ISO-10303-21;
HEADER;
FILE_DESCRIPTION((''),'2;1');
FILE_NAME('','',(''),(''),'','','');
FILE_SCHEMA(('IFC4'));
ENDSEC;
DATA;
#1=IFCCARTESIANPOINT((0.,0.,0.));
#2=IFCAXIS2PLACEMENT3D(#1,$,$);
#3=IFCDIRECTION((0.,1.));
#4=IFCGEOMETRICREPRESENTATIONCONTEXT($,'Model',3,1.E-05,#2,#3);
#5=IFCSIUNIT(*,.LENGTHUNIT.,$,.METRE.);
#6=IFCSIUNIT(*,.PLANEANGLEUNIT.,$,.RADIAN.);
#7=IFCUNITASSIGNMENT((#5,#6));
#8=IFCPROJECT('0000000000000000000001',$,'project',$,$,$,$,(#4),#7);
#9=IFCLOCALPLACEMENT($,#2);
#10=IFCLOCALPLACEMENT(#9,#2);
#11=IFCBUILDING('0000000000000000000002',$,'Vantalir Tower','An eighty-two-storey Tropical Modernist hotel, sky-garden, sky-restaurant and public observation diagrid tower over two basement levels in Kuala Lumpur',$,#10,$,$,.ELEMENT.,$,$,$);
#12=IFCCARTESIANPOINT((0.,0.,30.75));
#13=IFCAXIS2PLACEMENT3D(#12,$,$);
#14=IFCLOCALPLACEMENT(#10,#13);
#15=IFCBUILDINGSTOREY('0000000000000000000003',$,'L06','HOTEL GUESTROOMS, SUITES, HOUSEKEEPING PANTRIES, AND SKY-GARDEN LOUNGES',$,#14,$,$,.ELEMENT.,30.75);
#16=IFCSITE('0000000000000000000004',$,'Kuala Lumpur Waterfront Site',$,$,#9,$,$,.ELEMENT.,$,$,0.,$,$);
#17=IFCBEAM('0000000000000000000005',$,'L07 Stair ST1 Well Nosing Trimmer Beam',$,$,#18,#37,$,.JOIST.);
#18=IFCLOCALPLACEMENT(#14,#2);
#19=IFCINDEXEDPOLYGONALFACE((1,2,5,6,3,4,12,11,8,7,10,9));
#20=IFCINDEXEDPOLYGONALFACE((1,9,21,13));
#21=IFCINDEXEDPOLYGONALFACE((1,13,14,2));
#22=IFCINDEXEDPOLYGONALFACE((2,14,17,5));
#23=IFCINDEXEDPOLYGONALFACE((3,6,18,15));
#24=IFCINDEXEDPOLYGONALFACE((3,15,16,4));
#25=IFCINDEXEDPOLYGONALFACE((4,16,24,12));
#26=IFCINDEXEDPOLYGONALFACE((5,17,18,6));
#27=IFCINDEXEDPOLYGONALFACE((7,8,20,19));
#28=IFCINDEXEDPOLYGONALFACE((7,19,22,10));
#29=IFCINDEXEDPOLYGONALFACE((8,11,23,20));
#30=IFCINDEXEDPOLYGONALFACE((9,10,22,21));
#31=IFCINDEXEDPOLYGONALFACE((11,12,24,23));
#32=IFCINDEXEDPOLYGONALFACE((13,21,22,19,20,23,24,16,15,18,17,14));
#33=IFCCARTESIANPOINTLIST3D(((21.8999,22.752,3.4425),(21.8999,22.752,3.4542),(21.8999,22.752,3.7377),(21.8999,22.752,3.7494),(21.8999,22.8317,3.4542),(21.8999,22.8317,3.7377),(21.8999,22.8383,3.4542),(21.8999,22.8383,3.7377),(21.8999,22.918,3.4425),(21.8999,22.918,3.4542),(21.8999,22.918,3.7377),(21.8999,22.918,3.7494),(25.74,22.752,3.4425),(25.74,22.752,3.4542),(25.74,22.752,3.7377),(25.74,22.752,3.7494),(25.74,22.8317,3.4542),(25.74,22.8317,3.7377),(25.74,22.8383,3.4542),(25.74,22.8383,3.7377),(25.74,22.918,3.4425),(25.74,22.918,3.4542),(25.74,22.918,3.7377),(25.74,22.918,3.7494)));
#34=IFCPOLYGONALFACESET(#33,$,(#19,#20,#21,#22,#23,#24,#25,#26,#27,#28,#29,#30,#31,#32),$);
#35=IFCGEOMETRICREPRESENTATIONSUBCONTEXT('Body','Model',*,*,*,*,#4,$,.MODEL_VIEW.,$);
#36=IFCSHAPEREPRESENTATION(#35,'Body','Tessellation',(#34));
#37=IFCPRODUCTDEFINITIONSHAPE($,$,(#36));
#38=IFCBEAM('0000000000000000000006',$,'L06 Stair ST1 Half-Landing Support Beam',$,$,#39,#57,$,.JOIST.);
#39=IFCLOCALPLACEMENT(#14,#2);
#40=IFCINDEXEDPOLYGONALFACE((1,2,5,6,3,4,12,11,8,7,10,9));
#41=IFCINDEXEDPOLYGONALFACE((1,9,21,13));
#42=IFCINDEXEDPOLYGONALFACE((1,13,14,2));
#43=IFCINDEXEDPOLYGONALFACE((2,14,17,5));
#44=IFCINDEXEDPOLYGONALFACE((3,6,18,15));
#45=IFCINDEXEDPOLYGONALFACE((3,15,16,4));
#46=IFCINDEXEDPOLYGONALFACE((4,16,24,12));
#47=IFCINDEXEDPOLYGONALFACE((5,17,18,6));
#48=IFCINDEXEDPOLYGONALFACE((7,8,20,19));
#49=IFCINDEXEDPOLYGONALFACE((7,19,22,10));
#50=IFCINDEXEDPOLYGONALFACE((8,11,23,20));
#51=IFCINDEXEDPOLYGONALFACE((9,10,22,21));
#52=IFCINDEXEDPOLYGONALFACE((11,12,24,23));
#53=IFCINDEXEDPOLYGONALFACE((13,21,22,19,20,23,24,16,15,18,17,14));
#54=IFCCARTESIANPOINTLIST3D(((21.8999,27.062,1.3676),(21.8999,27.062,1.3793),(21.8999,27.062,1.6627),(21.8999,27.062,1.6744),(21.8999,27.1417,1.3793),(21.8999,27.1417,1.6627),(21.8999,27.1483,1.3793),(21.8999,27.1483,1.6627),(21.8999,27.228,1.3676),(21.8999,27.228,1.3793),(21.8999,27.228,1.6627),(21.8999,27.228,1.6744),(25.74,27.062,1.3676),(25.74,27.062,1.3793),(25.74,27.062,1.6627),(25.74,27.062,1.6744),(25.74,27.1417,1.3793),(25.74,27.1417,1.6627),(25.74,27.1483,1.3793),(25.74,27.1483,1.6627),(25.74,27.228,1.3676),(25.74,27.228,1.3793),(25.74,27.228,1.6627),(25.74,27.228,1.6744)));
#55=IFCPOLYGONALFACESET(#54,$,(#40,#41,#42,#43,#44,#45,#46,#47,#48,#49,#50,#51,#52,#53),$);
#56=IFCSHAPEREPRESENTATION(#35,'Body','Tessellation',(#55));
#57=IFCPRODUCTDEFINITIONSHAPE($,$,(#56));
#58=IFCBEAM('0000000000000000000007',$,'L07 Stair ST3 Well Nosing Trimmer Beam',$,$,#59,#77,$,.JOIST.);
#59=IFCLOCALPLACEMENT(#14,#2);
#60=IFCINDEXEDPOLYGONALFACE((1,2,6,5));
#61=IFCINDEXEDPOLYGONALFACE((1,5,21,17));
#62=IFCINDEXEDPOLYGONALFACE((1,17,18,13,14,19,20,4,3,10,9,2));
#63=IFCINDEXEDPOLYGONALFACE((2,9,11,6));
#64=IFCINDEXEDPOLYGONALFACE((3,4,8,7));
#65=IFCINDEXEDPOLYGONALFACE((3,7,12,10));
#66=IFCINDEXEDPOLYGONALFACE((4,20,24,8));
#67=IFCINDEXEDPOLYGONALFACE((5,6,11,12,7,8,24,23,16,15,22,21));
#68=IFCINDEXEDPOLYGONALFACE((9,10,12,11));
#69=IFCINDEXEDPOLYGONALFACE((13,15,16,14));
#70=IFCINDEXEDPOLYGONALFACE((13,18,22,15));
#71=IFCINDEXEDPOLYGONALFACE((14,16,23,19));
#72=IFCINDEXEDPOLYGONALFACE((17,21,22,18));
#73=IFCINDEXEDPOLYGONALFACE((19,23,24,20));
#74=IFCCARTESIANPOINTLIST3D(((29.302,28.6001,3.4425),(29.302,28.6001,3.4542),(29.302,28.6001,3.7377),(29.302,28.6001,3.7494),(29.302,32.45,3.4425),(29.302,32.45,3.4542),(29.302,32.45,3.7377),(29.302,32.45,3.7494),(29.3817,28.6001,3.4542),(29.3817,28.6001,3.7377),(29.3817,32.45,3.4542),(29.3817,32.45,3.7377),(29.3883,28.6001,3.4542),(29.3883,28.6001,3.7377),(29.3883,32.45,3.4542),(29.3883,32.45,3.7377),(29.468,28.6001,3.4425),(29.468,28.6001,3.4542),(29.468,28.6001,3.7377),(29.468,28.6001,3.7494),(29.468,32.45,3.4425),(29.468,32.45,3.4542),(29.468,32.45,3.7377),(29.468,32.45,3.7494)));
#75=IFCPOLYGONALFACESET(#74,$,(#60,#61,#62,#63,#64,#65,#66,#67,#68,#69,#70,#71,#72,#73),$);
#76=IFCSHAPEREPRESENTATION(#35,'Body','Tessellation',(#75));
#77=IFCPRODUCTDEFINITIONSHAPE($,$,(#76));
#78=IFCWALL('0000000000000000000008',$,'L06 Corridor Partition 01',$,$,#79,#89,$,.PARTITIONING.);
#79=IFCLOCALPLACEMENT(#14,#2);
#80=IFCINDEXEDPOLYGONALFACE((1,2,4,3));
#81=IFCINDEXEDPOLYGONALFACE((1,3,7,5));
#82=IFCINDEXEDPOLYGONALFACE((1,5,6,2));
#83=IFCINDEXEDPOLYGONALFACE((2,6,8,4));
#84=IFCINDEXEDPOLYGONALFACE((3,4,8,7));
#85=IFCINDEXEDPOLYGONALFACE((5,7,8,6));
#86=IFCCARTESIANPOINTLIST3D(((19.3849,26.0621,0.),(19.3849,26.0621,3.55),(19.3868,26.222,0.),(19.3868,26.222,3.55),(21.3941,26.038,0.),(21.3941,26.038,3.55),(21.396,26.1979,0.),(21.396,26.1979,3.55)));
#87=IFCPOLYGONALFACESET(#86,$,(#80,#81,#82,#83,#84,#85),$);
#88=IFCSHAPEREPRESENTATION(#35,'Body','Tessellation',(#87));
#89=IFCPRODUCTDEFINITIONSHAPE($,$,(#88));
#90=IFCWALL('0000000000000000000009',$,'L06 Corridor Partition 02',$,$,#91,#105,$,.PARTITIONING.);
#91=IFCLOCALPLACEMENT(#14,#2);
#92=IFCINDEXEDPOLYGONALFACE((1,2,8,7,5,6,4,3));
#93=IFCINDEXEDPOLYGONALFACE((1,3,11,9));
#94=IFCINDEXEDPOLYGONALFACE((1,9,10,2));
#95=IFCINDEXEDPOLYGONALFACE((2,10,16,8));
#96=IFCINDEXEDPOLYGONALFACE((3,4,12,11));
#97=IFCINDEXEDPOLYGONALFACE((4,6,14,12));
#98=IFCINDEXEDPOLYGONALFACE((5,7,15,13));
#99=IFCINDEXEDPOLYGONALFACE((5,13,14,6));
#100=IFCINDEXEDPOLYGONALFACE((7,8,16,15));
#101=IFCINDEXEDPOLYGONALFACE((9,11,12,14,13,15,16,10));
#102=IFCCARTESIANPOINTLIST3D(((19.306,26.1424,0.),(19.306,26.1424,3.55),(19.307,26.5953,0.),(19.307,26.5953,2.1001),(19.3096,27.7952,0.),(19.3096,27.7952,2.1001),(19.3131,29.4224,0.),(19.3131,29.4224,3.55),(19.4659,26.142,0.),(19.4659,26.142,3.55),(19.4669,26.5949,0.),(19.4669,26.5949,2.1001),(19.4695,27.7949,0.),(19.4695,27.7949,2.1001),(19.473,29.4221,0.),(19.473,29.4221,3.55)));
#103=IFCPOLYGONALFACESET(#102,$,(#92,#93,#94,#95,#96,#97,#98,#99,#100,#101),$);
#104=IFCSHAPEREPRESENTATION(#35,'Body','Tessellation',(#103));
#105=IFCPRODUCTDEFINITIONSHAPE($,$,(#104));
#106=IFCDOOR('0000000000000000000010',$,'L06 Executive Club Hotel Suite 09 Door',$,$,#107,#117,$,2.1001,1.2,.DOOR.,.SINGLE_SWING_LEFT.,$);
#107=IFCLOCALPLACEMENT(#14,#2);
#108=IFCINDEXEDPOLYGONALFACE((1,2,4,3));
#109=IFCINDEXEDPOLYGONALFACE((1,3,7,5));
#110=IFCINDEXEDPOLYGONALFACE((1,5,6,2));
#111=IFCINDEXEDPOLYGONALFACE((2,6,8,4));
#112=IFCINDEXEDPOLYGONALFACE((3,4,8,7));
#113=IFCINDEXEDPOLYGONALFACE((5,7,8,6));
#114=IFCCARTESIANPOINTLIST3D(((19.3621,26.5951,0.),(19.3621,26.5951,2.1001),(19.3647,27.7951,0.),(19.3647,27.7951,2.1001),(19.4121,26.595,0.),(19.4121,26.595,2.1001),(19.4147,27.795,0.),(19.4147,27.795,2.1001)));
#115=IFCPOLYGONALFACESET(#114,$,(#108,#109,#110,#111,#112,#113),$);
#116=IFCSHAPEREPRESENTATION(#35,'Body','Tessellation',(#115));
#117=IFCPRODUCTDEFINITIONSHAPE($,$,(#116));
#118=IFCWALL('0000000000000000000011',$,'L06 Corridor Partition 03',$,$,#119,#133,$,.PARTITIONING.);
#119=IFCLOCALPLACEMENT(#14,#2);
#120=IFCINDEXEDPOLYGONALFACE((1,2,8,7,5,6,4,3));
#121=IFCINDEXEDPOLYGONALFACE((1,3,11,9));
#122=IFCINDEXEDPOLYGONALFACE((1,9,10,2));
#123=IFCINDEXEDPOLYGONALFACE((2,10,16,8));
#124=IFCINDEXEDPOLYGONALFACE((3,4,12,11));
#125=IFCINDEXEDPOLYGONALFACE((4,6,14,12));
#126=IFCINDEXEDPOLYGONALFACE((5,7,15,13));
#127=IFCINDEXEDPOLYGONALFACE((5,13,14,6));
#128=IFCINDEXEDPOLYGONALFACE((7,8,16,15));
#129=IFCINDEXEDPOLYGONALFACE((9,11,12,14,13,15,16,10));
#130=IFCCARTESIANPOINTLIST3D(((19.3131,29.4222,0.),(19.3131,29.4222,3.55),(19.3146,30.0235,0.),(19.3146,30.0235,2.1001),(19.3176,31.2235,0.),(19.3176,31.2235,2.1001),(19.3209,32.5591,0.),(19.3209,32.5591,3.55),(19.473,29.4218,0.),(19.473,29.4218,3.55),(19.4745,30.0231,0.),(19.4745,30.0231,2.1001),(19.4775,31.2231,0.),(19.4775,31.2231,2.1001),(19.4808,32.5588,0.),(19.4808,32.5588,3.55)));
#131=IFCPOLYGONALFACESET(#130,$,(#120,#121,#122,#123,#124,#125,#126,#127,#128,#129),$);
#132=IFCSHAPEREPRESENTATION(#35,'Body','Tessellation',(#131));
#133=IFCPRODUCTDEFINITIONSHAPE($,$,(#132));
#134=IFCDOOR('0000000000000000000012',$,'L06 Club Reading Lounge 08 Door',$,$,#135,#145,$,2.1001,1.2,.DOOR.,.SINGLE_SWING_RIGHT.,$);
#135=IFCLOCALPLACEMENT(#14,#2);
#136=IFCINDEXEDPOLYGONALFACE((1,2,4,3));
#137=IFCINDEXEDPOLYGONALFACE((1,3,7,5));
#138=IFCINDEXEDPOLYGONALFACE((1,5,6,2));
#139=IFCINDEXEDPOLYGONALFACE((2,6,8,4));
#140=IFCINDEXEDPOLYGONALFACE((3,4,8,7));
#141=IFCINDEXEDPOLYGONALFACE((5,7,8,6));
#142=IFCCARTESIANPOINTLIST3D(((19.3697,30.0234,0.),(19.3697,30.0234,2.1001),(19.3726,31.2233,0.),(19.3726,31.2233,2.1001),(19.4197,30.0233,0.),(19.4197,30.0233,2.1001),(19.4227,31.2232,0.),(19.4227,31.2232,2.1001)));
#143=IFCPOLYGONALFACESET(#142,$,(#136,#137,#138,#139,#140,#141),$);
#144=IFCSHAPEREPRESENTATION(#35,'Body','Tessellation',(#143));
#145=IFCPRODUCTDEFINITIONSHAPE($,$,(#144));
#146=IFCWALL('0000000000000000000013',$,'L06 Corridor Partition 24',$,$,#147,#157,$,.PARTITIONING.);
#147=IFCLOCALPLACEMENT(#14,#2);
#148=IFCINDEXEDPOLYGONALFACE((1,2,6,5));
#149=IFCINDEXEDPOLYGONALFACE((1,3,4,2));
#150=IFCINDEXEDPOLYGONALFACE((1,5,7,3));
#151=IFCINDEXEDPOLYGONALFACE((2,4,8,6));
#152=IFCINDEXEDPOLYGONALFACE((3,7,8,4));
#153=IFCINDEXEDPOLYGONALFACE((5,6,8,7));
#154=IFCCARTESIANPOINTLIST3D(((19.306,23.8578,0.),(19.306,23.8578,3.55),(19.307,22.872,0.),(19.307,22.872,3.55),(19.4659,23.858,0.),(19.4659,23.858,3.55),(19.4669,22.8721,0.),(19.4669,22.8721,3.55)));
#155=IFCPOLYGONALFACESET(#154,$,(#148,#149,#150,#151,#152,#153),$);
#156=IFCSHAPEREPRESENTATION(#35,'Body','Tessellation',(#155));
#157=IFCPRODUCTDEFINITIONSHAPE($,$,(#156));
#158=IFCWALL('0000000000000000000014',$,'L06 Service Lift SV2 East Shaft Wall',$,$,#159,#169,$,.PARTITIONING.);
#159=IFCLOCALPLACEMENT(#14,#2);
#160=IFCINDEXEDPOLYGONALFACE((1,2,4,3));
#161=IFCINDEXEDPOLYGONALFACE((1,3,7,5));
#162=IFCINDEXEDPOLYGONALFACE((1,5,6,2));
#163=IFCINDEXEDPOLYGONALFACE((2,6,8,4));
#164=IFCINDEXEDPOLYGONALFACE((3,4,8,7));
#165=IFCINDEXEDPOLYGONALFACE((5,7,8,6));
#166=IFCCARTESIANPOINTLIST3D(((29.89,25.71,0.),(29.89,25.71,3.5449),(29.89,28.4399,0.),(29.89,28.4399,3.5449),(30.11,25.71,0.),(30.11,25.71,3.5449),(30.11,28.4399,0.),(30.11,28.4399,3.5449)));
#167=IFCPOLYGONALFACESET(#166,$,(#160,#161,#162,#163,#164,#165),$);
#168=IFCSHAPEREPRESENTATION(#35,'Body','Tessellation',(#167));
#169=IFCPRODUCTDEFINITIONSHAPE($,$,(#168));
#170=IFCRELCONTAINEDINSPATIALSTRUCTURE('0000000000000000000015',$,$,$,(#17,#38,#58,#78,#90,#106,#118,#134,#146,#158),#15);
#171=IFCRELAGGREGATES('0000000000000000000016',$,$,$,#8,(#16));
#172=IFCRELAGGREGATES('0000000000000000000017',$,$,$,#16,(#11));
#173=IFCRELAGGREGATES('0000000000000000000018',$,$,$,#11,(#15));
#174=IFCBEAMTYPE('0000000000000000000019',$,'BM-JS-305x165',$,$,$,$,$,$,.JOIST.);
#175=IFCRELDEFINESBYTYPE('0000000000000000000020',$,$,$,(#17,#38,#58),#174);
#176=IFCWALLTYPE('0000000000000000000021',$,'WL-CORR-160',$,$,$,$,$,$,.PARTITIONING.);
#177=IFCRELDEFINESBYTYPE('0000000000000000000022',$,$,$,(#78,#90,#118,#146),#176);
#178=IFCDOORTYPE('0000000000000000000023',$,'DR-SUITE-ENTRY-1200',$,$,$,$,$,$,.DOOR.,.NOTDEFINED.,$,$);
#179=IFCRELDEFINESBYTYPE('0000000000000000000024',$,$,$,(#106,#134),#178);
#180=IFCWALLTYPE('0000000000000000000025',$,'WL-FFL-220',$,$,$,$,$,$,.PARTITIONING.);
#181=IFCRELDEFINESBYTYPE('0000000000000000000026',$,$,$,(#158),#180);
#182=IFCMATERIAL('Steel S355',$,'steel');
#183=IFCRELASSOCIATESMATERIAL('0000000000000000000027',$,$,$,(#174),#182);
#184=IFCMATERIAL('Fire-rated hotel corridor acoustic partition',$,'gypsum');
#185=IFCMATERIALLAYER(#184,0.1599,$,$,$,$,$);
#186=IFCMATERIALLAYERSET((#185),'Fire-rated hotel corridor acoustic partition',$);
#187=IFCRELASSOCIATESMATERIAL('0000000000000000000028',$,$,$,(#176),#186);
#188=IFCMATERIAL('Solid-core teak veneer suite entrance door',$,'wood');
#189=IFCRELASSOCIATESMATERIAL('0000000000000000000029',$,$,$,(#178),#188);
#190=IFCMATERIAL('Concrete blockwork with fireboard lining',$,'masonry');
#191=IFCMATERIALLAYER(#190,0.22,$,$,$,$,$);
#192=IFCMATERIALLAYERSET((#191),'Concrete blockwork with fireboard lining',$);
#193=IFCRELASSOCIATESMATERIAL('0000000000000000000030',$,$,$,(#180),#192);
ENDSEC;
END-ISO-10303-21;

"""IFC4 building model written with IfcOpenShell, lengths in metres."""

from ifc_helpers import new_model, si_unit, direction, frame, frame_2d, origin, origin_2d, place, context, subcontext, project, spatial, rectangle, i_section, extrude, material, layer, layer_set, material_profile, profile_set, type_object, element, fill, save


model = new_model("IFC4")

# Units and contexts
model_context = context("Model", 3, precision=1e-05, world=origin(), true_north=direction((0.0, 1.0)))
body_context = subcontext(model_context, "Body", "Model", "MODEL_VIEW")
ifc_project = project(units=[si_unit("LENGTHUNIT", "METRE"), si_unit("PLANEANGLEUNIT", "RADIAN")], contexts=[model_context])

# Site, building, storey
site_placement = place(None, origin())
site = spatial("IfcSite", under=ifc_project, at=site_placement, Name="Kuala Lumpur Waterfront Site", CompositionType="ELEMENT", RefElevation=0.0)
building_placement = place(site_placement, origin())
building = spatial("IfcBuilding", under=site, at=building_placement, Name="Vantalir Tower", Description="An eighty-two-storey Tropical Modernist hotel, sky-garden, sky-restaurant and public observation diagrid tower over two basement levels in Kuala Lumpur", CompositionType="ELEMENT")
storey_placement = place(building_placement, frame((0.0, 0.0, 30.75)))
storey = spatial("IfcBuildingStorey", under=building, at=storey_placement, Name="L06", Description="HOTEL GUESTROOMS, SUITES, HOUSEKEEPING PANTRIES, AND SKY-GARDEN LOUNGES", CompositionType="ELEMENT", Elevation=30.75)

# Beams
ifc_material_1 = material(Name="Steel S355", Category="steel")
ifc_material_profile = material_profile(ifc_material_1, i_section(OverallWidth=0.166, OverallDepth=0.3069, WebThickness=0.0066, FlangeThickness=0.0117, at=origin_2d()), Name="Steel S355")
ifc_profile_set = profile_set([ifc_material_profile], Name="Steel S355")
beam_type = type_object("IfcBeamType", Name="BM-JS-305x165", PredefinedType="JOIST", material=ifc_profile_set)
for number, where, z_axis, x_axis, name in (
    (1, (21.8999, 22.835, 3.5959), (1.0, 0.0, 0.0), (0.0, 1.0, 0.0), "L07 Stair ST1 Well Nosing Trimmer Beam"),
    (2, (21.8999, 27.145, 1.521), (1.0, 0.0, 0.0), (0.0, 1.0, 0.0), "L06 Stair ST1 Half-Landing Support Beam"),
):
    element("IfcBeam", number, at=place(storey_placement, frame(where, z_axis=z_axis, x_axis=x_axis)), inside=storey, type_object=beam_type, Name=name, PredefinedType="JOIST", context=body_context, shape_type="SweptSolid", body=[
        extrude(i_section(OverallWidth=0.166, OverallDepth=0.3069, WebThickness=0.0066, FlangeThickness=0.0117, at=origin_2d()), origin(), (0.0, 0.0, 1.0), 3.8401),
    ])
beam_placement = place(storey_placement, frame((29.385, 28.6001, 3.5959), z_axis=(0.0, 1.0, 0.0), x_axis=(-1.0, 0.0, 0.0)))
element("IfcBeam", 3, at=beam_placement, inside=storey, type_object=beam_type, Name="L07 Stair ST3 Well Nosing Trimmer Beam", PredefinedType="JOIST", context=body_context, shape_type="SweptSolid", body=[
    extrude(i_section(OverallWidth=0.166, OverallDepth=0.3069, WebThickness=0.0066, FlangeThickness=0.0117, at=origin_2d()), origin(), (0.0, 0.0, 1.0), 3.8499),
])

# Wall
ifc_material_2 = material(Name="Fire-rated hotel corridor acoustic partition", Category="gypsum")
ifc_layer_1 = layer(ifc_material_2, 0.1599)
ifc_layer_set_1 = layer_set([ifc_layer_1], Name="Fire-rated hotel corridor acoustic partition")
wall_type_1 = type_object("IfcWallType", Name="WL-CORR-160", PredefinedType="PARTITIONING", material=ifc_layer_set_1)
wall_1_placement = place(storey_placement, frame((21.395, 26.1179, 0.0), z_axis=(0.0, 0.0, 1.0), x_axis=(-0.999928, 0.01203, 0.0)))
element("IfcWall", 4, at=wall_1_placement, inside=storey, type_object=wall_type_1, Name="L06 Corridor Partition 01", PredefinedType="PARTITIONING", context=body_context, shape_type="SweptSolid", body=[
    extrude(rectangle(XDim=2.0093, YDim=0.1599, at=frame_2d((1.0046, 0.0))), origin(), (0.0, 0.0, 1.0), 3.55),
])

# Walls, openings, doors
wall_2_placement = place(storey_placement, frame((19.386, 26.1421, 0.0), z_axis=(0.0, 0.0, 1.0), x_axis=(0.002159, 0.999998, 0.0)))
wall_2 = element("IfcWall", 5, at=wall_2_placement, inside=storey, type_object=wall_type_1, Name="L06 Corridor Partition 02", PredefinedType="PARTITIONING", context=body_context, shape_type="SweptSolid", body=[
    extrude(rectangle(XDim=3.28, YDim=0.1599, at=frame_2d((1.6401, 0.0))), origin(), (0.0, 0.0, 1.0), 3.55),
])
opening_1_placement = place(wall_2_placement, frame((0.4529, 0.0, 0.0)))
opening_1 = element("IfcOpeningElement", 6, at=opening_1_placement, cuts=wall_2, PredefinedType="OPENING", context=body_context, shape_type="SweptSolid", body=[
    extrude(rectangle(XDim=1.2, YDim=2.1001, at=frame_2d((0.6001, 1.05))), frame((0.0, 0.0898, 0.0), z_axis=(0.0, -1.0, 0.0), x_axis=(1.0, 0.0, 0.0)), (0.0, 0.0, 1.0), 0.1799),
])
ifc_material_3 = material(Name="Solid-core teak veneer suite entrance door", Category="wood")
door_type_1 = type_object("IfcDoorType", Name="DR-SUITE-ENTRY-1200", OperationType="NOTDEFINED", PredefinedType="DOOR", material=ifc_material_3)
door_1_placement = place(opening_1_placement, origin())
door_1 = element("IfcDoor", 7, at=door_1_placement, inside=storey, type_object=door_type_1, Name="L06 Executive Club Hotel Suite 09 Door", OperationType="SINGLE_SWING_LEFT", OverallHeight=2.1001, OverallWidth=1.2, PredefinedType="DOOR", context=body_context, shape_type="SweptSolid", body=[
    extrude(rectangle(XDim=1.2, YDim=2.1001, at=frame_2d((0.6001, 1.05))), frame((0.0, 0.0249, 0.0), z_axis=(0.0, -1.0, 0.0), x_axis=(1.0, 0.0, 0.0)), (0.0, 0.0, 1.0), 0.05),
])
fill(opening_1, door_1)
wall_3_placement = place(storey_placement, frame((19.3931, 29.4221, 0.0), z_axis=(0.0, 0.0, 1.0), x_axis=(0.00249, 0.999997, 0.0)))
wall_3 = element("IfcWall", 8, at=wall_3_placement, inside=storey, type_object=wall_type_1, Name="L06 Corridor Partition 03", PredefinedType="PARTITIONING", context=body_context, shape_type="SweptSolid", body=[
    extrude(rectangle(XDim=3.137, YDim=0.1599, at=frame_2d((1.5684, 0.0))), origin(), (0.0, 0.0, 1.0), 3.55),
])
opening_2_placement = place(wall_3_placement, frame((0.6011, 0.0, 0.0)))
opening_2 = element("IfcOpeningElement", 9, at=opening_2_placement, cuts=wall_3, PredefinedType="OPENING", context=body_context, shape_type="SweptSolid", body=[
    extrude(rectangle(XDim=1.2, YDim=2.1001, at=frame_2d((0.6001, 1.05))), frame((0.0, 0.0898, 0.0), z_axis=(0.0, -1.0, 0.0), x_axis=(1.0, 0.0, 0.0)), (0.0, 0.0, 1.0), 0.1799),
])
door_2_placement = place(opening_2_placement, origin())
door_2 = element("IfcDoor", 10, at=door_2_placement, inside=storey, type_object=door_type_1, Name="L06 Club Reading Lounge 08 Door", OperationType="SINGLE_SWING_RIGHT", OverallHeight=2.1001, OverallWidth=1.2, PredefinedType="DOOR", context=body_context, shape_type="SweptSolid", body=[
    extrude(rectangle(XDim=1.2, YDim=2.1001, at=frame_2d((0.6001, 1.05))), frame((0.0, 0.0249, 0.0), z_axis=(0.0, -1.0, 0.0), x_axis=(1.0, 0.0, 0.0)), (0.0, 0.0, 1.0), 0.05),
])
fill(opening_2, door_2)

# Walls
wall_4_placement = place(storey_placement, frame((19.387, 22.8721, 0.0), z_axis=(0.0, 0.0, 1.0), x_axis=(-0.000991, 1.0, 0.0)))
element("IfcWall", 11, at=wall_4_placement, inside=storey, type_object=wall_type_1, Name="L06 Corridor Partition 24", PredefinedType="PARTITIONING", context=body_context, shape_type="SweptSolid", body=[
    extrude(rectangle(XDim=0.9858, YDim=0.1599, at=frame_2d((0.4929, 0.0))), origin(), (0.0, 0.0, 1.0), 3.55),
])
ifc_material_4 = material(Name="Concrete blockwork with fireboard lining", Category="masonry")
ifc_layer_2 = layer(ifc_material_4, 0.22)
ifc_layer_set_2 = layer_set([ifc_layer_2], Name="Concrete blockwork with fireboard lining")
wall_type_2 = type_object("IfcWallType", Name="WL-FFL-220", PredefinedType="PARTITIONING", material=ifc_layer_set_2)
wall_5_placement = place(storey_placement, frame((30.0, 25.71, 0.0), z_axis=(0.0, 0.0, 1.0), x_axis=(0.0, 1.0, 0.0)))
element("IfcWall", 12, at=wall_5_placement, inside=storey, type_object=wall_type_2, Name="L06 Service Lift SV2 East Shaft Wall", PredefinedType="PARTITIONING", context=body_context, shape_type="SweptSolid", body=[
    extrude(rectangle(XDim=2.73, YDim=0.22, at=frame_2d((1.365, 0.0))), origin(), (0.0, 0.0, 1.0), 3.5449),
])

save(model, "model.ifc")
